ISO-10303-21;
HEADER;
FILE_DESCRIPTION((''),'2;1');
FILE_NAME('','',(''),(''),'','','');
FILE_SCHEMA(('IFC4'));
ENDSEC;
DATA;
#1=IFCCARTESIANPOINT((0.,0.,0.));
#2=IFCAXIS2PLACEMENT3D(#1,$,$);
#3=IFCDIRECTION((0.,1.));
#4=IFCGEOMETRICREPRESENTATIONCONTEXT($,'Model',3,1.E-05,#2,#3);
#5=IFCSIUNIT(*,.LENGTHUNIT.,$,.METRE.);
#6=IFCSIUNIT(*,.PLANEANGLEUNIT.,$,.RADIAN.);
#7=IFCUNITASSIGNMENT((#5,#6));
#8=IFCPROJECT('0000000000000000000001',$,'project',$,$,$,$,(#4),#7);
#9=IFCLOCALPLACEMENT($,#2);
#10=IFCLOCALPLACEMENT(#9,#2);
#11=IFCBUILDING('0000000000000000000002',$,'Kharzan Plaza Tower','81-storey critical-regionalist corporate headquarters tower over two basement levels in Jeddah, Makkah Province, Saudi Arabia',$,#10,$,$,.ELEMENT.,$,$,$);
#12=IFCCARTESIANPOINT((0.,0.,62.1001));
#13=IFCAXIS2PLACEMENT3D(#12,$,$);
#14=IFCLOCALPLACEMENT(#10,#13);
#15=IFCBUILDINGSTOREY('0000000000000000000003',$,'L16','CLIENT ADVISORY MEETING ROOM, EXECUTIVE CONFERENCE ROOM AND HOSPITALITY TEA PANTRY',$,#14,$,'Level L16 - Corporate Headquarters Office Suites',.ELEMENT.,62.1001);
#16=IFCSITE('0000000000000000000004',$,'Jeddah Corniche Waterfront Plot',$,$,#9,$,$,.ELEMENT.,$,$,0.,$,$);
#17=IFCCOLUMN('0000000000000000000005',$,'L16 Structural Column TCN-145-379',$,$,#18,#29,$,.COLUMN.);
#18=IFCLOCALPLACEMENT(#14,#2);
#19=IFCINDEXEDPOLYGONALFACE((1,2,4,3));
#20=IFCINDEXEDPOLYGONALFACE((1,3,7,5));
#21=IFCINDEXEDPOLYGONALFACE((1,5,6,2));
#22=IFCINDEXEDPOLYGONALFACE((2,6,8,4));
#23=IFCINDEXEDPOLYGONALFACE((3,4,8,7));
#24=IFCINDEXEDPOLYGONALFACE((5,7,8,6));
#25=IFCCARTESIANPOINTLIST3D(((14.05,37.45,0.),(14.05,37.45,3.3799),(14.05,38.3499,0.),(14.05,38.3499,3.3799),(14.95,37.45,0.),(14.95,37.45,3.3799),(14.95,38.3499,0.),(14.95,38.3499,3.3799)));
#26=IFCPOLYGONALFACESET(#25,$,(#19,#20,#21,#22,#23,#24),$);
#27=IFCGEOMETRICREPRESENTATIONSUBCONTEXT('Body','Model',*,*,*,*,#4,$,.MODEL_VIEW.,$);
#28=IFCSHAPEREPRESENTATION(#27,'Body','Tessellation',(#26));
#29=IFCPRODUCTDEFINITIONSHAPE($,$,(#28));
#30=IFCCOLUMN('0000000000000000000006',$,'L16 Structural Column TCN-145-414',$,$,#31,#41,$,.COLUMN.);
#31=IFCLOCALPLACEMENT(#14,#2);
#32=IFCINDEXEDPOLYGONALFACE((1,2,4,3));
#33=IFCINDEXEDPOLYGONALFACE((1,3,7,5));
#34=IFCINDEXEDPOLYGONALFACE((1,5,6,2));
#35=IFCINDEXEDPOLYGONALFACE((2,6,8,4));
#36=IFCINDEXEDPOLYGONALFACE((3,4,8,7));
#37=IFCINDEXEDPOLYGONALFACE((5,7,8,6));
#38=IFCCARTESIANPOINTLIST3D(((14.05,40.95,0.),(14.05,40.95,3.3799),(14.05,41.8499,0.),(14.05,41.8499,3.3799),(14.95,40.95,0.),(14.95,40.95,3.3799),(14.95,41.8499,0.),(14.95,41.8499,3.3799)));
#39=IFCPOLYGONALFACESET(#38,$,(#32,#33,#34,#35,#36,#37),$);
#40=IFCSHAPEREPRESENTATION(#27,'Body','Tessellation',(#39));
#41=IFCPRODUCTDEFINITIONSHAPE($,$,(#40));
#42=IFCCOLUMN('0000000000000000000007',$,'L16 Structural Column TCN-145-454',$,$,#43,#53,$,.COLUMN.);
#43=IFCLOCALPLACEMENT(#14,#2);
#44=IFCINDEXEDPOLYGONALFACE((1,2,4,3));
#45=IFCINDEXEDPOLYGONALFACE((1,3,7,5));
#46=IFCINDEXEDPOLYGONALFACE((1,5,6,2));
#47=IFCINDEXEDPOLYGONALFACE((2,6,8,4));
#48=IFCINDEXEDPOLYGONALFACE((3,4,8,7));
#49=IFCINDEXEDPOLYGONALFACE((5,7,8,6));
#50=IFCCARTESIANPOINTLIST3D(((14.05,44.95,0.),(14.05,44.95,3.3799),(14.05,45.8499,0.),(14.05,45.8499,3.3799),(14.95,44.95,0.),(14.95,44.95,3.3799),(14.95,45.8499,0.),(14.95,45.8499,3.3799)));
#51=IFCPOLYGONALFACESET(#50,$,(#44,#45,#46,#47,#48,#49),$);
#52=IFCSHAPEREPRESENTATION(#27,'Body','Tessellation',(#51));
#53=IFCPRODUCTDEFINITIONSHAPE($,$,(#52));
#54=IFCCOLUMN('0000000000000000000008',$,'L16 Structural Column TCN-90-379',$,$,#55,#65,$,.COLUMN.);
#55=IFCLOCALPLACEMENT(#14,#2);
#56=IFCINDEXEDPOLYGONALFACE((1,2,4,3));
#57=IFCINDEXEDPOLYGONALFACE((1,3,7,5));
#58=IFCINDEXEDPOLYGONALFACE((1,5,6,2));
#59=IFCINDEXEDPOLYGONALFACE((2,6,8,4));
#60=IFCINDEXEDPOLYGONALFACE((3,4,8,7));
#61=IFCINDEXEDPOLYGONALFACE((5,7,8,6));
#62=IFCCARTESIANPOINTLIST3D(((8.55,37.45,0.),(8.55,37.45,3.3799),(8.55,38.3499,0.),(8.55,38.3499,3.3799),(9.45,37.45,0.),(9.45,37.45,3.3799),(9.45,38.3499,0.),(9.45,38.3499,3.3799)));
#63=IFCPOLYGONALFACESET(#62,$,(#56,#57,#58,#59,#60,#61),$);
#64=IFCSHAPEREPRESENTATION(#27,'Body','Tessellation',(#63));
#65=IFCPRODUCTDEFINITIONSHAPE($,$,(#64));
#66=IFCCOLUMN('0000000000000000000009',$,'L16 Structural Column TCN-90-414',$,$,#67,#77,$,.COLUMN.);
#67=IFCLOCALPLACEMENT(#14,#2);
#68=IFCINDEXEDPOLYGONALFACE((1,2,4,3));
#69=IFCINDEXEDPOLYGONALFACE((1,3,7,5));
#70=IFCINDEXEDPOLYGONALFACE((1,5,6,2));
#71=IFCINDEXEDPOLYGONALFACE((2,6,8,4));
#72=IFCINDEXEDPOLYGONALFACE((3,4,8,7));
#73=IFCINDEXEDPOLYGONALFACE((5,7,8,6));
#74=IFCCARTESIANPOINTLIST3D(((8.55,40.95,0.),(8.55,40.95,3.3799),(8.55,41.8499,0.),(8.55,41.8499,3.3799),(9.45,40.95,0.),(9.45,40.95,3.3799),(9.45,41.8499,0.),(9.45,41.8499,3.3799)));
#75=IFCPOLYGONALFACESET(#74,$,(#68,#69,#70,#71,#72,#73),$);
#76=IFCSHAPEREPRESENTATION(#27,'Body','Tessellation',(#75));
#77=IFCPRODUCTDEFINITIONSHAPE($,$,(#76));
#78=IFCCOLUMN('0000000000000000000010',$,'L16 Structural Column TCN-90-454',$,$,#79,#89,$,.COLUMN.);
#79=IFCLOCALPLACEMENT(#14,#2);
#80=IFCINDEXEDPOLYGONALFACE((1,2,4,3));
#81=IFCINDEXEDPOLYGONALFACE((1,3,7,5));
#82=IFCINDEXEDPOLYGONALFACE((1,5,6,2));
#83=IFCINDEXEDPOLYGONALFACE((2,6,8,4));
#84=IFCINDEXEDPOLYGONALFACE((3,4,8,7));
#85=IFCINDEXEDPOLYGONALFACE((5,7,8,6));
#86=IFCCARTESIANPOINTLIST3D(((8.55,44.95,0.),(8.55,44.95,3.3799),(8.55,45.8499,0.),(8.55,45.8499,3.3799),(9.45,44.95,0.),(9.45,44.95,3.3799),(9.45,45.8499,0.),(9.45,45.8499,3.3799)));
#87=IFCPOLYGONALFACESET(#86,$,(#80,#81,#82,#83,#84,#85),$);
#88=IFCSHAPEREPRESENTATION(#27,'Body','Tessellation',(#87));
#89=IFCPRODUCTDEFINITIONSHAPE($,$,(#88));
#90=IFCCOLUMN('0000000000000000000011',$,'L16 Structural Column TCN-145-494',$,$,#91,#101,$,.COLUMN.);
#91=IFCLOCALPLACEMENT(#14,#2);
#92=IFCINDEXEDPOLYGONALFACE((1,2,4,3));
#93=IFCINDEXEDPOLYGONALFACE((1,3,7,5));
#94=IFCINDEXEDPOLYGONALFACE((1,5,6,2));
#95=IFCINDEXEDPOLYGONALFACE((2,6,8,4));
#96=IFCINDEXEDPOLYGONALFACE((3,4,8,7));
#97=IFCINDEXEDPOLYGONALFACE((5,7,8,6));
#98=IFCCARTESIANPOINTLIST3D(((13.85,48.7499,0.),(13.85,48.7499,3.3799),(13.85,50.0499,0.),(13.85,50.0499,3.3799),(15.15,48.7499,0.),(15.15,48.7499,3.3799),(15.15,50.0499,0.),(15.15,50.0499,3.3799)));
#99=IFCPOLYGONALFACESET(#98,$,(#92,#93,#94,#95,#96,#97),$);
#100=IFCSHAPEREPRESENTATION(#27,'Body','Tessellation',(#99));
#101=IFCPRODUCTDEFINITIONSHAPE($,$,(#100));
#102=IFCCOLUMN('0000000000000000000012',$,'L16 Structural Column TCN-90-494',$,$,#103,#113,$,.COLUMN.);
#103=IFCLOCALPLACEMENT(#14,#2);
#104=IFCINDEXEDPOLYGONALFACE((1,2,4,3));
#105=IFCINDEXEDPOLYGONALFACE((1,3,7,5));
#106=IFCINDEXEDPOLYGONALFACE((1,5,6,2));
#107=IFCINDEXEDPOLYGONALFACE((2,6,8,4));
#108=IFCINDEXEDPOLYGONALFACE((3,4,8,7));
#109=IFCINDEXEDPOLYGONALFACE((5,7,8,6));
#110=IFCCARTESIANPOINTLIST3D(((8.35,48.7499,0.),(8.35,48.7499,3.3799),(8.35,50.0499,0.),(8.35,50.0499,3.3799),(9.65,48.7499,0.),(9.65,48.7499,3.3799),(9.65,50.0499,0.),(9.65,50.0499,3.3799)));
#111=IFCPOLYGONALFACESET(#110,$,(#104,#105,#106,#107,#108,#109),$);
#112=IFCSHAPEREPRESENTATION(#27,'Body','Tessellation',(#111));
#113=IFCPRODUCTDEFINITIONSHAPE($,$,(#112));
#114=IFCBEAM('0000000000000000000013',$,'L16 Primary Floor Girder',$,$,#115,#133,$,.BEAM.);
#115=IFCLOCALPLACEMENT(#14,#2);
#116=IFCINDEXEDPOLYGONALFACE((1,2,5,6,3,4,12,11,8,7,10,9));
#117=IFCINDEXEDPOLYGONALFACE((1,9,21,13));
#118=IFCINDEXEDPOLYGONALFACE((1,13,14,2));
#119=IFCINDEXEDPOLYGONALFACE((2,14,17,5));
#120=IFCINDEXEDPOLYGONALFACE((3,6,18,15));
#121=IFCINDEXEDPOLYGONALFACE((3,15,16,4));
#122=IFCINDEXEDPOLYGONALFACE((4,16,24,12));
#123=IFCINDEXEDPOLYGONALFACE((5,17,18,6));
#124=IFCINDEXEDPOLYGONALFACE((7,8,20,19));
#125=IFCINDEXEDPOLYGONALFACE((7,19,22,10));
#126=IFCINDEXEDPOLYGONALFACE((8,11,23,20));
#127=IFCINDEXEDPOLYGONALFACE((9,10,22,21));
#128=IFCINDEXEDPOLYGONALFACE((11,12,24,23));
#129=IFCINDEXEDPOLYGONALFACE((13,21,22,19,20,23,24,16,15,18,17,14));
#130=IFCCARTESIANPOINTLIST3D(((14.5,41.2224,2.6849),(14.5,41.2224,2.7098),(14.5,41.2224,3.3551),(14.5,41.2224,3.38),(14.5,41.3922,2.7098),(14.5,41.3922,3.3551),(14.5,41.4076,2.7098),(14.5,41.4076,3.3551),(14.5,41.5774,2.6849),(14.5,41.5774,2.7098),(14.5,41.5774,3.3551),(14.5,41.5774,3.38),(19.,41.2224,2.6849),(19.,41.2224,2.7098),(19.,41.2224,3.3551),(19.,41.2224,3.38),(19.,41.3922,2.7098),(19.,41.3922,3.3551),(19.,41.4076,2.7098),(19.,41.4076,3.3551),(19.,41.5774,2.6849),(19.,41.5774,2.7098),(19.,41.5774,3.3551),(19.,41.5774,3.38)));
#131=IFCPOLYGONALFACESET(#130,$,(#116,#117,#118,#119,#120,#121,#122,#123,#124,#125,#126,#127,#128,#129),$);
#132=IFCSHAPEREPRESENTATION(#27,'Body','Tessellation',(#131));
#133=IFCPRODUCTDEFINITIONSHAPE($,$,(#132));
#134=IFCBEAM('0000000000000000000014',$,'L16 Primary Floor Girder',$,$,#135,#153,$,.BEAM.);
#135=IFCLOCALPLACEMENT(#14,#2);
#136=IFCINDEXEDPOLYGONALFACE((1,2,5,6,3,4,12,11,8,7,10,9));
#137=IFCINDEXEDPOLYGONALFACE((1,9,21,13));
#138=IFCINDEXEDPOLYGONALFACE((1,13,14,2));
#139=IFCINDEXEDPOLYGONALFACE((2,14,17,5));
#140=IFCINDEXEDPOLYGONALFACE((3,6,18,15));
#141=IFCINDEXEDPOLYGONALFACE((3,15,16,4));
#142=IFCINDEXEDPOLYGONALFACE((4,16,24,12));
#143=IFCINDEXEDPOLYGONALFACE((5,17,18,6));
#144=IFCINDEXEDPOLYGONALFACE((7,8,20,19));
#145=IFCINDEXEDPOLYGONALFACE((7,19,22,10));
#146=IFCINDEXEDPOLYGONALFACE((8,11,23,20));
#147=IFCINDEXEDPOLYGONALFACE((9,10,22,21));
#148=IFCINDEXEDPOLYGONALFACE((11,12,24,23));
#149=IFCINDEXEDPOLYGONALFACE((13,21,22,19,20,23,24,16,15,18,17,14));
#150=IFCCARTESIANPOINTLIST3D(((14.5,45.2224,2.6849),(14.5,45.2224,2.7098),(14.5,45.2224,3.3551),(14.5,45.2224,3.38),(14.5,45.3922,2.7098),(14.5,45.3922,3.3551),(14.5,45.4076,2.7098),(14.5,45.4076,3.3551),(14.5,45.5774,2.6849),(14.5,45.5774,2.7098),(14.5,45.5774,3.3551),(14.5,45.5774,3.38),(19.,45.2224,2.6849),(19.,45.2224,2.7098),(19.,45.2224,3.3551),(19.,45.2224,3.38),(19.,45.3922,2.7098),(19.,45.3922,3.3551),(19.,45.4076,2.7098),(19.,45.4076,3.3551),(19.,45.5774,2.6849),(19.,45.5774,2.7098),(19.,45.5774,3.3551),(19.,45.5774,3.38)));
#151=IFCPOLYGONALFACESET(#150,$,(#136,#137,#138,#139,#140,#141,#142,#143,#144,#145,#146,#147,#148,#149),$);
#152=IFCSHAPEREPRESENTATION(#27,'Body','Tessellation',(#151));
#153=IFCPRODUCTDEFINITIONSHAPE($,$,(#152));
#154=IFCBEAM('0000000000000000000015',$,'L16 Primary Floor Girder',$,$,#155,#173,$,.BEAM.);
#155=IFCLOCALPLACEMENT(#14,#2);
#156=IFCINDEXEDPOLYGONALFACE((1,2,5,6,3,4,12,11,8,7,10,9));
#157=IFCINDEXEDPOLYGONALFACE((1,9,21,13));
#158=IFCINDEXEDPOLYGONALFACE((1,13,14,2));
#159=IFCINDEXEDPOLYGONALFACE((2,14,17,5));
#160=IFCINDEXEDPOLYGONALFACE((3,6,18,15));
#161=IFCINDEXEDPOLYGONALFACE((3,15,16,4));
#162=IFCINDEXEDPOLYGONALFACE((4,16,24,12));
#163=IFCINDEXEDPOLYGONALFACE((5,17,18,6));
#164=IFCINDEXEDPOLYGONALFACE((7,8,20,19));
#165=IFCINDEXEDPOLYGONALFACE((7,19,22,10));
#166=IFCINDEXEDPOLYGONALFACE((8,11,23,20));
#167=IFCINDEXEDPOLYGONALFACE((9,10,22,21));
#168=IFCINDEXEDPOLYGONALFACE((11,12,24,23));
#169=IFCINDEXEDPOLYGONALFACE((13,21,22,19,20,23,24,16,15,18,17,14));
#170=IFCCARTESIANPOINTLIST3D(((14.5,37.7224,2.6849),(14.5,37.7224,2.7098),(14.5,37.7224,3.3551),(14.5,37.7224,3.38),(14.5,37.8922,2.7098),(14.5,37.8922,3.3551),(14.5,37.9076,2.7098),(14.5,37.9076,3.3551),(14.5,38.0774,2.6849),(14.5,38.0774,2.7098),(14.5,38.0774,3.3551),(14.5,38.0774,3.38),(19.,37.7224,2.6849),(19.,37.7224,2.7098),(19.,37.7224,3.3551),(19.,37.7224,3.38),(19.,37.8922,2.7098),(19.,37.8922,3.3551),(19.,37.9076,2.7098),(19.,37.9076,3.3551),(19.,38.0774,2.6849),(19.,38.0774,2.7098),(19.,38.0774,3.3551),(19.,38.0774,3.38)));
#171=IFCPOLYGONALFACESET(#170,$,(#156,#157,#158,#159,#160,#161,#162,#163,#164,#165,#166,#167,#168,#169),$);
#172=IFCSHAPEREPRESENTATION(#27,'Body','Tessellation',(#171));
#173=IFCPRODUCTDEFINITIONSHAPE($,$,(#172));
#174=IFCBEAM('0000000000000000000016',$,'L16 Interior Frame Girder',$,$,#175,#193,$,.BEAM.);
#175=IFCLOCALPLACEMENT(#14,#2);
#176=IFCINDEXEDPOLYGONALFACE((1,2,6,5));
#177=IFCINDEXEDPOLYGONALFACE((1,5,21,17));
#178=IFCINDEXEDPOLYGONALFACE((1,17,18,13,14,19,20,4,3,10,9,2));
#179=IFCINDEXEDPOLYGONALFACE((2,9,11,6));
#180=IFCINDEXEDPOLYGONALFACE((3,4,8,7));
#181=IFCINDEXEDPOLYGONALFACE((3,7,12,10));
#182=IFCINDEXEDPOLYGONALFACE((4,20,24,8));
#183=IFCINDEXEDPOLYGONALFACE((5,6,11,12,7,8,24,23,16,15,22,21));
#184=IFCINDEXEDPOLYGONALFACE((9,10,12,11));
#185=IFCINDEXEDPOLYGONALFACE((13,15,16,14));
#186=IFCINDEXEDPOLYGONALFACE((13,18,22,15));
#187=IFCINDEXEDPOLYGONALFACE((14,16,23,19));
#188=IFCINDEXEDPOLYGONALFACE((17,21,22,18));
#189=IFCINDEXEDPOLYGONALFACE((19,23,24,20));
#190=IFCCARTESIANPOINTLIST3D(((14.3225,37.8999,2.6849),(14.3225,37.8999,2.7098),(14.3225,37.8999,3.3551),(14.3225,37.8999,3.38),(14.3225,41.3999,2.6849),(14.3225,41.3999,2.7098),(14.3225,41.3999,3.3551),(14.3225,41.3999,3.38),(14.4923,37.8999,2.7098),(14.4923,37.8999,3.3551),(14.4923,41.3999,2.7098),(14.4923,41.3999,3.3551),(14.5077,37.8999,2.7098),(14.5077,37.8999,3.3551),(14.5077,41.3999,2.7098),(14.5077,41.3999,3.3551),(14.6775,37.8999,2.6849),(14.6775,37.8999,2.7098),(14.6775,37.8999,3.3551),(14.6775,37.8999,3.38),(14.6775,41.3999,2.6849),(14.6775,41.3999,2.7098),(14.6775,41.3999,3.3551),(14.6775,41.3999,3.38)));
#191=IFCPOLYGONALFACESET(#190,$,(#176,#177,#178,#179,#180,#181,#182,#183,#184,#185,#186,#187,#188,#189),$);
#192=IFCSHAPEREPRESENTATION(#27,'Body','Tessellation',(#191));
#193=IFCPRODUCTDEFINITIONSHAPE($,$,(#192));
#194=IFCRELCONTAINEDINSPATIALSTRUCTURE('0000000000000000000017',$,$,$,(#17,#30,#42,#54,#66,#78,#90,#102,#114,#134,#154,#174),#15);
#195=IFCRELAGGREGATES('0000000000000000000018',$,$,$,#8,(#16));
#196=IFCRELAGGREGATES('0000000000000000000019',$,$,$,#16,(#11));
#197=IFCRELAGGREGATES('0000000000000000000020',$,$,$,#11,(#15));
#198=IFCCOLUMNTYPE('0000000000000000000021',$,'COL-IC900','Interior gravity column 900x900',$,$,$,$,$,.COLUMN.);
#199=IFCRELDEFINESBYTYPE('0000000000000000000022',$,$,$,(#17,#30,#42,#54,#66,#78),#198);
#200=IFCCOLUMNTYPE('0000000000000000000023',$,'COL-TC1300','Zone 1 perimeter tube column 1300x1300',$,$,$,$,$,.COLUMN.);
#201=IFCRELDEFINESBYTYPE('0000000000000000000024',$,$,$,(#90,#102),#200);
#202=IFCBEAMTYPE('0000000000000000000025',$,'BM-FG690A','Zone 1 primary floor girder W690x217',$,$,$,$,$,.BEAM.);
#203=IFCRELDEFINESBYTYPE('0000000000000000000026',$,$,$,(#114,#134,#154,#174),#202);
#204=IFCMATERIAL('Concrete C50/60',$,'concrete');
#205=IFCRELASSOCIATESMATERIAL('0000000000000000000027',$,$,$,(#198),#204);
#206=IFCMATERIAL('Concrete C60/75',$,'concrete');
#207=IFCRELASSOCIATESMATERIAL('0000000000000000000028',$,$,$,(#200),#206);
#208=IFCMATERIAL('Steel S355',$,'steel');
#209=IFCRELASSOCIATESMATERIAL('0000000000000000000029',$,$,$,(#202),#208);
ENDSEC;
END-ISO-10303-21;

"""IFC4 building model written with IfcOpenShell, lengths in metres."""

from ifc_helpers import new_model, si_unit, direction, frame, origin, origin_2d, place, context, subcontext, project, spatial, rectangle, i_section, extrude, source, transform, mapped, material, material_profile, profile_set, type_object, element, save


model = new_model("IFC4")

# Units and contexts
model_context = context("Model", 3, precision=1e-05, world=origin(), true_north=direction((0.0, 1.0)))
body_context = subcontext(model_context, "Body", "Model", "MODEL_VIEW")
ifc_project = project(units=[si_unit("LENGTHUNIT", "METRE"), si_unit("PLANEANGLEUNIT", "RADIAN")], contexts=[model_context])

# Site, building, storey
site_placement = place(None, origin())
site = spatial("IfcSite", under=ifc_project, at=site_placement, Name="Jeddah Corniche Waterfront Plot", CompositionType="ELEMENT", RefElevation=0.0)
building_placement = place(site_placement, origin())
building = spatial("IfcBuilding", under=site, at=building_placement, Name="Kharzan Plaza Tower", Description="81-storey critical-regionalist corporate headquarters tower over two basement levels in Jeddah, Makkah Province, Saudi Arabia", CompositionType="ELEMENT")
storey_placement = place(building_placement, frame((0.0, 0.0, 62.1001)))
storey = spatial("IfcBuildingStorey", under=building, at=storey_placement, Name="L16", Description="CLIENT ADVISORY MEETING ROOM, EXECUTIVE CONFERENCE ROOM AND HOSPITALITY TEA PANTRY", LongName="Level L16 - Corporate Headquarters Office Suites", CompositionType="ELEMENT", Elevation=62.1001)

# Columns
ifc_material_1 = material(Name="Concrete C50/60", Category="concrete")
ifc_material_profile_1 = material_profile(ifc_material_1, rectangle(XDim=0.8999, YDim=0.8999, at=origin_2d()), Name="RC-IC900x900")
ifc_profile_set_1 = profile_set([ifc_material_profile_1], Name="Concrete C50/60")
column_type_1 = type_object("IfcColumnType", Name="COL-IC900", Description="Interior gravity column 900x900", PredefinedType="COLUMN", material=ifc_profile_set_1)
shared_shape_1 = source(origin(), body_context, "Body", "SweptSolid", [
    extrude(rectangle(XDim=0.8999, YDim=0.8999, at=origin_2d()), origin(), (0.0, 0.0, 1.0), 3.3799),
])
for number, where, z_axis, x_axis, name in (
    (1, (14.5, 37.8999, 0.0), (0.0, 0.0, 1.0), (1.0, 0.0, 0.0), "L16 Structural Column TCN-145-379"),
    (2, (14.5, 41.3999, 0.0), (0.0, 0.0, 1.0), (1.0, 0.0, 0.0), "L16 Structural Column TCN-145-414"),
    (3, (14.5, 45.3999, 0.0), (0.0, 0.0, 1.0), (1.0, 0.0, 0.0), "L16 Structural Column TCN-145-454"),
    (4, (9.0, 37.8999, 0.0), (0.0, 0.0, 1.0), (1.0, 0.0, 0.0), "L16 Structural Column TCN-90-379"),
    (5, (9.0, 41.3999, 0.0), (0.0, 0.0, 1.0), (1.0, 0.0, 0.0), "L16 Structural Column TCN-90-414"),
    (6, (9.0, 45.3999, 0.0), (0.0, 0.0, 1.0), (1.0, 0.0, 0.0), "L16 Structural Column TCN-90-454"),
):
    element("IfcColumn", number, at=place(storey_placement, frame(where, z_axis=z_axis, x_axis=x_axis)), inside=storey, type_object=column_type_1, Name=name, PredefinedType="COLUMN", context=body_context, shape_type="MappedRepresentation", body=[
        mapped(shared_shape_1, transform((0.0, 0.0, 0.0), x_axis=(1.0, 0.0, 0.0), y_axis=(0.0, 1.0, 0.0), z_axis=(0.0, 0.0, 1.0))),
    ])
ifc_material_2 = material(Name="Concrete C60/75", Category="concrete")
ifc_material_profile_2 = material_profile(ifc_material_2, rectangle(XDim=1.3, YDim=1.3, at=origin_2d()), Name="RC-TC1300x1300")
ifc_profile_set_2 = profile_set([ifc_material_profile_2], Name="Concrete C60/75")
column_type_2 = type_object("IfcColumnType", Name="COL-TC1300", Description="Zone 1 perimeter tube column 1300x1300", PredefinedType="COLUMN", material=ifc_profile_set_2)
shared_shape_2 = source(origin(), body_context, "Body", "SweptSolid", [
    extrude(rectangle(XDim=1.3, YDim=1.3, at=origin_2d()), origin(), (0.0, 0.0, 1.0), 3.3799),
])
for number, where, z_axis, x_axis, name in (
    (7, (14.5, 49.3999, 0.0), (0.0, 0.0, 1.0), (1.0, 0.0, 0.0), "L16 Structural Column TCN-145-494"),
    (8, (9.0, 49.3999, 0.0), (0.0, 0.0, 1.0), (1.0, 0.0, 0.0), "L16 Structural Column TCN-90-494"),
):
    element("IfcColumn", number, at=place(storey_placement, frame(where, z_axis=z_axis, x_axis=x_axis)), inside=storey, type_object=column_type_2, Name=name, PredefinedType="COLUMN", context=body_context, shape_type="MappedRepresentation", body=[
        mapped(shared_shape_2, transform((0.0, 0.0, 0.0), x_axis=(1.0, 0.0, 0.0), y_axis=(0.0, 1.0, 0.0), z_axis=(0.0, 0.0, 1.0))),
    ])

# Beams
ifc_material_3 = material(Name="Steel S355", Category="steel")
ifc_material_profile_3 = material_profile(ifc_material_3, i_section(OverallWidth=0.355, OverallDepth=0.6951, WebThickness=0.0154, FlangeThickness=0.0249, at=origin_2d()), Name="W690x217")
ifc_profile_set_3 = profile_set([ifc_material_profile_3], Name="Steel S355")
beam_type_1 = type_object("IfcBeamType", Name="BM-FG690A", Description="Zone 1 primary floor girder W690x217", PredefinedType="BEAM", material=ifc_profile_set_3)
shared_shape_3 = source(origin(), body_context, "Body", "SweptSolid", [
    extrude(i_section(OverallWidth=0.355, OverallDepth=0.6951, WebThickness=0.0154, FlangeThickness=0.0249, at=origin_2d()), origin(), (0.0, 0.0, 1.0), 4.5),
])
for number, where, z_axis, x_axis, name in (
    (9, (14.5, 41.3999, 3.0325), (1.0, 0.0, 0.0), (0.0, 1.0, 0.0), "L16 Primary Floor Girder"),
    (10, (14.5, 45.3999, 3.0325), (1.0, 0.0, 0.0), (0.0, 1.0, 0.0), "L16 Primary Floor Girder"),
    (11, (14.5, 37.8999, 3.0325), (1.0, 0.0, 0.0), (0.0, 1.0, 0.0), "L16 Primary Floor Girder"),
):
    element("IfcBeam", number, at=place(storey_placement, frame(where, z_axis=z_axis, x_axis=x_axis)), inside=storey, type_object=beam_type_1, Name=name, PredefinedType="BEAM", context=body_context, shape_type="MappedRepresentation", body=[
        mapped(shared_shape_3, transform((0.0, 0.0, 0.0), x_axis=(1.0, 0.0, 0.0), y_axis=(0.0, 1.0, 0.0), z_axis=(0.0, 0.0, 1.0))),
    ])
shared_shape_4 = source(origin(), body_context, "Body", "SweptSolid", [
    extrude(i_section(OverallWidth=0.355, OverallDepth=0.6951, WebThickness=0.0154, FlangeThickness=0.0249, at=origin_2d()), origin(), (0.0, 0.0, 1.0), 3.5),
])
beam_1_placement = place(storey_placement, frame((14.5, 37.8999, 3.0325), z_axis=(0.0, 1.0, 0.0), x_axis=(-1.0, 0.0, 0.0)))
element("IfcBeam", 12, at=beam_1_placement, inside=storey, type_object=beam_type_1, Name="L16 Interior Frame Girder", PredefinedType="BEAM", context=body_context, shape_type="MappedRepresentation", body=[
    mapped(shared_shape_4, transform((0.0, 0.0, 0.0), x_axis=(1.0, 0.0, 0.0), y_axis=(0.0, 1.0, 0.0), z_axis=(0.0, 0.0, 1.0))),
])

save(model, "model.ifc")
